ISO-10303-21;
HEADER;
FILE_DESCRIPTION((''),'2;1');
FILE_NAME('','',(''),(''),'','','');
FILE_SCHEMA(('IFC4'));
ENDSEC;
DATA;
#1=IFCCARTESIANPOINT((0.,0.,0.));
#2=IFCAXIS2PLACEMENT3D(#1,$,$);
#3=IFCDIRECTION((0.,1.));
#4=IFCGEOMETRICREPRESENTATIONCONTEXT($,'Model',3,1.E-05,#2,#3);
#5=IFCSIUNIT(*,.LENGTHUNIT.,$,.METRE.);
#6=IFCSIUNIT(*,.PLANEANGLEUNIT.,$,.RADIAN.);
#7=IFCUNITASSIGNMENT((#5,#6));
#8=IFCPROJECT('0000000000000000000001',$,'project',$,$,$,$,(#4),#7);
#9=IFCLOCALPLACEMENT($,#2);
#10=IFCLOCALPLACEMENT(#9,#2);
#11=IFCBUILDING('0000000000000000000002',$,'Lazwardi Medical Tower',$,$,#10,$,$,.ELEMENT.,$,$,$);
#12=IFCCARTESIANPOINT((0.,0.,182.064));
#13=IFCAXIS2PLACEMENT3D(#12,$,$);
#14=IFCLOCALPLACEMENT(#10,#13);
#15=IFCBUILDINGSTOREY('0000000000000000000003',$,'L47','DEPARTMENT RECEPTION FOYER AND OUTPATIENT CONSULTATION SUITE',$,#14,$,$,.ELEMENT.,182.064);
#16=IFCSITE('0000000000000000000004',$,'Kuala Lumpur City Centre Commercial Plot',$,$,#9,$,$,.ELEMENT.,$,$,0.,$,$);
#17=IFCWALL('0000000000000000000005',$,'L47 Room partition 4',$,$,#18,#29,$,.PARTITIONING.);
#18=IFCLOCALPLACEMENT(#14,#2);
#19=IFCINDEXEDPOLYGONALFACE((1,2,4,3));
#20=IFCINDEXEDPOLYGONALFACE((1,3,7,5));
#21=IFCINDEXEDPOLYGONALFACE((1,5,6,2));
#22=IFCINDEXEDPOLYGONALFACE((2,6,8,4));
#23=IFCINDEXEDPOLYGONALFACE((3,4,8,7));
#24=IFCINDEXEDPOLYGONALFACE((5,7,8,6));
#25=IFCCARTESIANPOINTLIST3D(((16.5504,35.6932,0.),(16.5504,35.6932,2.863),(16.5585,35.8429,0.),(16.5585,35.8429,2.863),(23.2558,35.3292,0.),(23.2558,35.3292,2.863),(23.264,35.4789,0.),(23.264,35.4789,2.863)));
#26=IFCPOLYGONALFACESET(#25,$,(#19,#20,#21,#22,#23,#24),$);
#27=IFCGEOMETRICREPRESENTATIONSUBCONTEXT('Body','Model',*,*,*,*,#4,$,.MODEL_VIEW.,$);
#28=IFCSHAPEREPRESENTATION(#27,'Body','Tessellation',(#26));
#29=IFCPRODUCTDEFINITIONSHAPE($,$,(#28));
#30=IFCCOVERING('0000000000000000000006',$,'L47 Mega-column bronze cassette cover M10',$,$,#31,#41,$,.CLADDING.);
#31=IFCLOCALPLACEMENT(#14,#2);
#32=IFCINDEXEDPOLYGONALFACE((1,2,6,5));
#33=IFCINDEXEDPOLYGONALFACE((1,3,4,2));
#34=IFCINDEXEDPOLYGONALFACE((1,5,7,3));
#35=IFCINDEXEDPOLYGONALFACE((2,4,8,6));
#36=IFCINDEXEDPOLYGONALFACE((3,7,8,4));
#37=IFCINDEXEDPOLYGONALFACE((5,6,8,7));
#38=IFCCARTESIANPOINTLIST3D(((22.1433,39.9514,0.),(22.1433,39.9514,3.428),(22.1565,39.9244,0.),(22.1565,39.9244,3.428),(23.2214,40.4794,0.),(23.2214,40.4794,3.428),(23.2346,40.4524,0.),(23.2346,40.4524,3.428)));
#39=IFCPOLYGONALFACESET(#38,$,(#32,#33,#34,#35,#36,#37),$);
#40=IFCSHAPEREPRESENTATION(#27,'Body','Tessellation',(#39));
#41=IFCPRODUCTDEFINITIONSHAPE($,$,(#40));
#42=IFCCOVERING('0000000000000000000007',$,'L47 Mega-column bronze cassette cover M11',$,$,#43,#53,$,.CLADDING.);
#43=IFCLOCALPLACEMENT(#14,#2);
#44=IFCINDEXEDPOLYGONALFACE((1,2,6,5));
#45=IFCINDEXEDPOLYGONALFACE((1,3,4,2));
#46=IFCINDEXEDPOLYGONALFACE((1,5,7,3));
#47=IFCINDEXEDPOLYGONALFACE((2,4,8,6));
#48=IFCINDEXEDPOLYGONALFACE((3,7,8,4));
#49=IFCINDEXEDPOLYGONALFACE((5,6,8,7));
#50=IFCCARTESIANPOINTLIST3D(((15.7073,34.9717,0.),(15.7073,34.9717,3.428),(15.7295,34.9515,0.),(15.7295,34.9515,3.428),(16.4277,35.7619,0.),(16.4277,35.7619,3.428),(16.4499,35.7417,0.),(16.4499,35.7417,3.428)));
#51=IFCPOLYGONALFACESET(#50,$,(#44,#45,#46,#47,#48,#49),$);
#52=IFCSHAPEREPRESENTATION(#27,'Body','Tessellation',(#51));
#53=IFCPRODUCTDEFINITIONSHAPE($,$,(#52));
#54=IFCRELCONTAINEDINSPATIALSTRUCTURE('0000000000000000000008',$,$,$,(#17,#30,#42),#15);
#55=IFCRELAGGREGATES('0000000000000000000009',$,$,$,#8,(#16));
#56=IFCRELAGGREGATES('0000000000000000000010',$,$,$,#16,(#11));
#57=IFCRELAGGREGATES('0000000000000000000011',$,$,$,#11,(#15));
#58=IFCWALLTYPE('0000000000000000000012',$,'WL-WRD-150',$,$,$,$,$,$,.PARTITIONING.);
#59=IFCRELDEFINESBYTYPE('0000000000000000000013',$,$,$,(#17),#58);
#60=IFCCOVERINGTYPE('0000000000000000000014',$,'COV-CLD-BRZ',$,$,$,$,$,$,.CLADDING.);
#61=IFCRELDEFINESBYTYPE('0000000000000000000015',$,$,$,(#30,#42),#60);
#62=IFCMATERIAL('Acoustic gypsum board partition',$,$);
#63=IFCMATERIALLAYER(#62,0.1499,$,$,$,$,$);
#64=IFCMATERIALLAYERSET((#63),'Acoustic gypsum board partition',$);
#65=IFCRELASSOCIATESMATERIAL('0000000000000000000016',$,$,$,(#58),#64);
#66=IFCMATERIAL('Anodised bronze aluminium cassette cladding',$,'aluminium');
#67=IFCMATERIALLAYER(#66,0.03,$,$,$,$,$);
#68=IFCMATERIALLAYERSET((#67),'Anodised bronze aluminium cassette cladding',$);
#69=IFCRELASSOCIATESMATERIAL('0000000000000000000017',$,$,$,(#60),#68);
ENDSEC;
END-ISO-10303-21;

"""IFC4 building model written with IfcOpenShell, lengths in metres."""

from ifc_helpers import new_model, si_unit, direction, frame, frame_2d, origin, origin_2d, place, context, subcontext, project, spatial, rectangle, extrude, material, layer, layer_set, type_object, element, save


model = new_model("IFC4")

# Units and contexts
model_context = context("Model", 3, precision=1e-05, world=origin(), true_north=direction((0.0, 1.0)))
body_context = subcontext(model_context, "Body", "Model", "MODEL_VIEW")
ifc_project = project(units=[si_unit("LENGTHUNIT", "METRE"), si_unit("PLANEANGLEUNIT", "RADIAN")], contexts=[model_context])

# Site, building, storey
site_placement = place(None, origin())
site = spatial("IfcSite", under=ifc_project, at=site_placement, Name="Kuala Lumpur City Centre Commercial Plot", CompositionType="ELEMENT", RefElevation=0.0)
building_placement = place(site_placement, origin())
building = spatial("IfcBuilding", under=site, at=building_placement, Name="Lazwardi Medical Tower", CompositionType="ELEMENT")
storey_placement = place(building_placement, frame((0.0, 0.0, 182.064)))
storey = spatial("IfcBuildingStorey", under=building, at=storey_placement, Name="L47", Description="DEPARTMENT RECEPTION FOYER AND OUTPATIENT CONSULTATION SUITE", CompositionType="ELEMENT", Elevation=182.064)

# Wall
ifc_material_1 = material(Name="Acoustic gypsum board partition")
ifc_layer_1 = layer(ifc_material_1, 0.1499)
ifc_layer_set_1 = layer_set([ifc_layer_1], Name="Acoustic gypsum board partition")
wall_type_1 = type_object("IfcWallType", Name="WL-WRD-150", PredefinedType="PARTITIONING", material=ifc_layer_set_1)
wall_1_placement = place(storey_placement, frame((16.5544, 35.7681, 0.0), z_axis=(0.0, 0.0, 1.0), x_axis=(0.99853, -0.054205, 0.0)))
element("IfcWall", 1, at=wall_1_placement, inside=storey, type_object=wall_type_1, Name="L47 Room partition 4", PredefinedType="PARTITIONING", context=body_context, shape_type="SweptSolid", body=[
    extrude(rectangle(XDim=6.7153, YDim=0.1499, at=frame_2d((3.3577, 0.0))), origin(), (0.0, 0.0, 1.0), 2.863),
])

# Coverings
ifc_material_2 = material(Name="Anodised bronze aluminium cassette cladding", Category="aluminium")
ifc_layer_2 = layer(ifc_material_2, 0.03)
ifc_layer_set_2 = layer_set([ifc_layer_2], Name="Anodised bronze aluminium cassette cladding")
covering_type = type_object("IfcCoveringType", Name="COV-CLD-BRZ", PredefinedType="CLADDING", material=ifc_layer_set_2)
covering_1_placement = place(storey_placement, frame((22.689, 40.2019, 0.0), z_axis=(0.0, 0.0, 1.0), x_axis=(-0.898079, -0.439834, 0.0)))
element("IfcCovering", 2, at=covering_1_placement, inside=storey, type_object=covering_type, Name="L47 Mega-column bronze cassette cover M10", PredefinedType="CLADDING", context=body_context, shape_type="SweptSolid", body=[
    extrude(rectangle(XDim=1.2004, YDim=0.03, at=origin_2d()), origin(), (0.0, 0.0, 1.0), 3.428),
])
covering_2_placement = place(storey_placement, frame((16.0786, 35.3567, 0.0), z_axis=(0.0, 0.0, 1.0), x_axis=(-0.673714, -0.738992, 0.0)))
element("IfcCovering", 3, at=covering_2_placement, inside=storey, type_object=covering_type, Name="L47 Mega-column bronze cassette cover M11", PredefinedType="CLADDING", context=body_context, shape_type="SweptSolid", body=[
    extrude(rectangle(XDim=1.0693, YDim=0.03, at=origin_2d()), origin(), (0.0, 0.0, 1.0), 3.428),
])

save(model, "model.ifc")
